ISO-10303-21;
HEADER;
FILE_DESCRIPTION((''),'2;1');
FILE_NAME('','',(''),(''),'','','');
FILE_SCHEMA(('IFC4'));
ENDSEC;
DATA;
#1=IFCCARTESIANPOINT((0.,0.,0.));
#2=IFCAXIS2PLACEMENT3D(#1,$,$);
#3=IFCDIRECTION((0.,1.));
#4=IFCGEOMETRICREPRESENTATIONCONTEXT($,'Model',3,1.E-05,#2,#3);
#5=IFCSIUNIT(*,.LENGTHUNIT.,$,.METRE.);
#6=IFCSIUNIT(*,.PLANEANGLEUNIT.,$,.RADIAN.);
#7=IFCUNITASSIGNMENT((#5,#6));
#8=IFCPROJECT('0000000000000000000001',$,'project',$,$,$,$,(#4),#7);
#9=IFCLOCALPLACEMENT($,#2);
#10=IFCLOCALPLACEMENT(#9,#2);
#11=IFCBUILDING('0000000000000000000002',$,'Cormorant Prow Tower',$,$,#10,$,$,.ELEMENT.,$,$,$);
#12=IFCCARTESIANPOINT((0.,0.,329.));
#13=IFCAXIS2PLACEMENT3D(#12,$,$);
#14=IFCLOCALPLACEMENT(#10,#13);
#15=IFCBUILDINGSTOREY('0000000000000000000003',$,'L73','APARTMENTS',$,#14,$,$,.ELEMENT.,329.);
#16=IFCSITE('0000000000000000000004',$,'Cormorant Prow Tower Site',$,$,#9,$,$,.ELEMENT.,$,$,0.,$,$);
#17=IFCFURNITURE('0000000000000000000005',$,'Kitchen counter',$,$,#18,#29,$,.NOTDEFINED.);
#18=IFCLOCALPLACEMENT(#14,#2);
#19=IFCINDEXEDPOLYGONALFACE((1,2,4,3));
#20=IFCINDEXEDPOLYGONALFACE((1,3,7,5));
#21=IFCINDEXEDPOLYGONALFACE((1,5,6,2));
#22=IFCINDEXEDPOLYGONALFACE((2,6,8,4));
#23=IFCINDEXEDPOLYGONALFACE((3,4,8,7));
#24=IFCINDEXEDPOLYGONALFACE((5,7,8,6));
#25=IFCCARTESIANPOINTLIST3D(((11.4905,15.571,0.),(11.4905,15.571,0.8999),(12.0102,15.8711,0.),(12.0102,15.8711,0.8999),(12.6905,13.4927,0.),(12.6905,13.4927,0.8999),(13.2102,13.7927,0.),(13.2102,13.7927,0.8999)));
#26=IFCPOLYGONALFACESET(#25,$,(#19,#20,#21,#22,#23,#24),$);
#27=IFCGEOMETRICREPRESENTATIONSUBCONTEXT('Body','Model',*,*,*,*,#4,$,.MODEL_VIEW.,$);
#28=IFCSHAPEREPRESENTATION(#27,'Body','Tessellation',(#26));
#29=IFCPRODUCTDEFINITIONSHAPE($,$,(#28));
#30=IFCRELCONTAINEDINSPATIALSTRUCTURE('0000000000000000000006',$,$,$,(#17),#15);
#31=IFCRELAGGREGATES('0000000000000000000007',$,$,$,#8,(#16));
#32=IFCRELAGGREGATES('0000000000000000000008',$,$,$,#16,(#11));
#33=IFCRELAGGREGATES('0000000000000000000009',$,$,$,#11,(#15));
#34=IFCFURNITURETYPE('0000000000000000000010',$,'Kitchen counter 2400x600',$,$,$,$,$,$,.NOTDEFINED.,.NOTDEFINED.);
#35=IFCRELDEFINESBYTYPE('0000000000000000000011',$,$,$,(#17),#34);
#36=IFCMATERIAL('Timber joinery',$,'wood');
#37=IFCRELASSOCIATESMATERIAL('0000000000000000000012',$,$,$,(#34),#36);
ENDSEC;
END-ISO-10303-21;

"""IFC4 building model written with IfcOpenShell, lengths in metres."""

from ifc_helpers import new_model, si_unit, direction, frame, origin, origin_2d, place, context, subcontext, project, spatial, rectangle, extrude, material, type_object, element, save


model = new_model("IFC4")

# Units and contexts
model_context = context("Model", 3, precision=1e-05, world=origin(), true_north=direction((0.0, 1.0)))
body_context = subcontext(model_context, "Body", "Model", "MODEL_VIEW")
ifc_project = project(units=[si_unit("LENGTHUNIT", "METRE"), si_unit("PLANEANGLEUNIT", "RADIAN")], contexts=[model_context])

# Site, building, storey
site_placement = place(None, origin())
site = spatial("IfcSite", under=ifc_project, at=site_placement, Name="Cormorant Prow Tower Site", CompositionType="ELEMENT", RefElevation=0.0)
building_placement = place(site_placement, origin())
building = spatial("IfcBuilding", under=site, at=building_placement, Name="Cormorant Prow Tower", CompositionType="ELEMENT")
storey_placement = place(building_placement, frame((0.0, 0.0, 329.0)))
storey = spatial("IfcBuildingStorey", under=building, at=storey_placement, Name="L73", Description="APARTMENTS", CompositionType="ELEMENT", Elevation=329.0)

# Furniture
ifc_material_1 = material(Name="Timber joinery", Category="wood")
furniture_type = type_object("IfcFurnitureType", Name="Kitchen counter 2400x600", AssemblyPlace="NOTDEFINED", PredefinedType="NOTDEFINED", material=ifc_material_1)
furniture_placement = place(storey_placement, frame((12.3503, 14.6819, 0.0), z_axis=(0.0, 0.0, 1.0), x_axis=(-0.5, 0.866025, 0.0)))
element("IfcFurniture", 1, at=furniture_placement, inside=storey, type_object=furniture_type, Name="Kitchen counter", PredefinedType="NOTDEFINED", context=body_context, shape_type="SweptSolid", body=[
    extrude(rectangle(XDim=2.3999, YDim=0.6001, at=origin_2d()), origin(), (0.0, 0.0, 1.0), 0.8999),
])

save(model, "model.ifc")
